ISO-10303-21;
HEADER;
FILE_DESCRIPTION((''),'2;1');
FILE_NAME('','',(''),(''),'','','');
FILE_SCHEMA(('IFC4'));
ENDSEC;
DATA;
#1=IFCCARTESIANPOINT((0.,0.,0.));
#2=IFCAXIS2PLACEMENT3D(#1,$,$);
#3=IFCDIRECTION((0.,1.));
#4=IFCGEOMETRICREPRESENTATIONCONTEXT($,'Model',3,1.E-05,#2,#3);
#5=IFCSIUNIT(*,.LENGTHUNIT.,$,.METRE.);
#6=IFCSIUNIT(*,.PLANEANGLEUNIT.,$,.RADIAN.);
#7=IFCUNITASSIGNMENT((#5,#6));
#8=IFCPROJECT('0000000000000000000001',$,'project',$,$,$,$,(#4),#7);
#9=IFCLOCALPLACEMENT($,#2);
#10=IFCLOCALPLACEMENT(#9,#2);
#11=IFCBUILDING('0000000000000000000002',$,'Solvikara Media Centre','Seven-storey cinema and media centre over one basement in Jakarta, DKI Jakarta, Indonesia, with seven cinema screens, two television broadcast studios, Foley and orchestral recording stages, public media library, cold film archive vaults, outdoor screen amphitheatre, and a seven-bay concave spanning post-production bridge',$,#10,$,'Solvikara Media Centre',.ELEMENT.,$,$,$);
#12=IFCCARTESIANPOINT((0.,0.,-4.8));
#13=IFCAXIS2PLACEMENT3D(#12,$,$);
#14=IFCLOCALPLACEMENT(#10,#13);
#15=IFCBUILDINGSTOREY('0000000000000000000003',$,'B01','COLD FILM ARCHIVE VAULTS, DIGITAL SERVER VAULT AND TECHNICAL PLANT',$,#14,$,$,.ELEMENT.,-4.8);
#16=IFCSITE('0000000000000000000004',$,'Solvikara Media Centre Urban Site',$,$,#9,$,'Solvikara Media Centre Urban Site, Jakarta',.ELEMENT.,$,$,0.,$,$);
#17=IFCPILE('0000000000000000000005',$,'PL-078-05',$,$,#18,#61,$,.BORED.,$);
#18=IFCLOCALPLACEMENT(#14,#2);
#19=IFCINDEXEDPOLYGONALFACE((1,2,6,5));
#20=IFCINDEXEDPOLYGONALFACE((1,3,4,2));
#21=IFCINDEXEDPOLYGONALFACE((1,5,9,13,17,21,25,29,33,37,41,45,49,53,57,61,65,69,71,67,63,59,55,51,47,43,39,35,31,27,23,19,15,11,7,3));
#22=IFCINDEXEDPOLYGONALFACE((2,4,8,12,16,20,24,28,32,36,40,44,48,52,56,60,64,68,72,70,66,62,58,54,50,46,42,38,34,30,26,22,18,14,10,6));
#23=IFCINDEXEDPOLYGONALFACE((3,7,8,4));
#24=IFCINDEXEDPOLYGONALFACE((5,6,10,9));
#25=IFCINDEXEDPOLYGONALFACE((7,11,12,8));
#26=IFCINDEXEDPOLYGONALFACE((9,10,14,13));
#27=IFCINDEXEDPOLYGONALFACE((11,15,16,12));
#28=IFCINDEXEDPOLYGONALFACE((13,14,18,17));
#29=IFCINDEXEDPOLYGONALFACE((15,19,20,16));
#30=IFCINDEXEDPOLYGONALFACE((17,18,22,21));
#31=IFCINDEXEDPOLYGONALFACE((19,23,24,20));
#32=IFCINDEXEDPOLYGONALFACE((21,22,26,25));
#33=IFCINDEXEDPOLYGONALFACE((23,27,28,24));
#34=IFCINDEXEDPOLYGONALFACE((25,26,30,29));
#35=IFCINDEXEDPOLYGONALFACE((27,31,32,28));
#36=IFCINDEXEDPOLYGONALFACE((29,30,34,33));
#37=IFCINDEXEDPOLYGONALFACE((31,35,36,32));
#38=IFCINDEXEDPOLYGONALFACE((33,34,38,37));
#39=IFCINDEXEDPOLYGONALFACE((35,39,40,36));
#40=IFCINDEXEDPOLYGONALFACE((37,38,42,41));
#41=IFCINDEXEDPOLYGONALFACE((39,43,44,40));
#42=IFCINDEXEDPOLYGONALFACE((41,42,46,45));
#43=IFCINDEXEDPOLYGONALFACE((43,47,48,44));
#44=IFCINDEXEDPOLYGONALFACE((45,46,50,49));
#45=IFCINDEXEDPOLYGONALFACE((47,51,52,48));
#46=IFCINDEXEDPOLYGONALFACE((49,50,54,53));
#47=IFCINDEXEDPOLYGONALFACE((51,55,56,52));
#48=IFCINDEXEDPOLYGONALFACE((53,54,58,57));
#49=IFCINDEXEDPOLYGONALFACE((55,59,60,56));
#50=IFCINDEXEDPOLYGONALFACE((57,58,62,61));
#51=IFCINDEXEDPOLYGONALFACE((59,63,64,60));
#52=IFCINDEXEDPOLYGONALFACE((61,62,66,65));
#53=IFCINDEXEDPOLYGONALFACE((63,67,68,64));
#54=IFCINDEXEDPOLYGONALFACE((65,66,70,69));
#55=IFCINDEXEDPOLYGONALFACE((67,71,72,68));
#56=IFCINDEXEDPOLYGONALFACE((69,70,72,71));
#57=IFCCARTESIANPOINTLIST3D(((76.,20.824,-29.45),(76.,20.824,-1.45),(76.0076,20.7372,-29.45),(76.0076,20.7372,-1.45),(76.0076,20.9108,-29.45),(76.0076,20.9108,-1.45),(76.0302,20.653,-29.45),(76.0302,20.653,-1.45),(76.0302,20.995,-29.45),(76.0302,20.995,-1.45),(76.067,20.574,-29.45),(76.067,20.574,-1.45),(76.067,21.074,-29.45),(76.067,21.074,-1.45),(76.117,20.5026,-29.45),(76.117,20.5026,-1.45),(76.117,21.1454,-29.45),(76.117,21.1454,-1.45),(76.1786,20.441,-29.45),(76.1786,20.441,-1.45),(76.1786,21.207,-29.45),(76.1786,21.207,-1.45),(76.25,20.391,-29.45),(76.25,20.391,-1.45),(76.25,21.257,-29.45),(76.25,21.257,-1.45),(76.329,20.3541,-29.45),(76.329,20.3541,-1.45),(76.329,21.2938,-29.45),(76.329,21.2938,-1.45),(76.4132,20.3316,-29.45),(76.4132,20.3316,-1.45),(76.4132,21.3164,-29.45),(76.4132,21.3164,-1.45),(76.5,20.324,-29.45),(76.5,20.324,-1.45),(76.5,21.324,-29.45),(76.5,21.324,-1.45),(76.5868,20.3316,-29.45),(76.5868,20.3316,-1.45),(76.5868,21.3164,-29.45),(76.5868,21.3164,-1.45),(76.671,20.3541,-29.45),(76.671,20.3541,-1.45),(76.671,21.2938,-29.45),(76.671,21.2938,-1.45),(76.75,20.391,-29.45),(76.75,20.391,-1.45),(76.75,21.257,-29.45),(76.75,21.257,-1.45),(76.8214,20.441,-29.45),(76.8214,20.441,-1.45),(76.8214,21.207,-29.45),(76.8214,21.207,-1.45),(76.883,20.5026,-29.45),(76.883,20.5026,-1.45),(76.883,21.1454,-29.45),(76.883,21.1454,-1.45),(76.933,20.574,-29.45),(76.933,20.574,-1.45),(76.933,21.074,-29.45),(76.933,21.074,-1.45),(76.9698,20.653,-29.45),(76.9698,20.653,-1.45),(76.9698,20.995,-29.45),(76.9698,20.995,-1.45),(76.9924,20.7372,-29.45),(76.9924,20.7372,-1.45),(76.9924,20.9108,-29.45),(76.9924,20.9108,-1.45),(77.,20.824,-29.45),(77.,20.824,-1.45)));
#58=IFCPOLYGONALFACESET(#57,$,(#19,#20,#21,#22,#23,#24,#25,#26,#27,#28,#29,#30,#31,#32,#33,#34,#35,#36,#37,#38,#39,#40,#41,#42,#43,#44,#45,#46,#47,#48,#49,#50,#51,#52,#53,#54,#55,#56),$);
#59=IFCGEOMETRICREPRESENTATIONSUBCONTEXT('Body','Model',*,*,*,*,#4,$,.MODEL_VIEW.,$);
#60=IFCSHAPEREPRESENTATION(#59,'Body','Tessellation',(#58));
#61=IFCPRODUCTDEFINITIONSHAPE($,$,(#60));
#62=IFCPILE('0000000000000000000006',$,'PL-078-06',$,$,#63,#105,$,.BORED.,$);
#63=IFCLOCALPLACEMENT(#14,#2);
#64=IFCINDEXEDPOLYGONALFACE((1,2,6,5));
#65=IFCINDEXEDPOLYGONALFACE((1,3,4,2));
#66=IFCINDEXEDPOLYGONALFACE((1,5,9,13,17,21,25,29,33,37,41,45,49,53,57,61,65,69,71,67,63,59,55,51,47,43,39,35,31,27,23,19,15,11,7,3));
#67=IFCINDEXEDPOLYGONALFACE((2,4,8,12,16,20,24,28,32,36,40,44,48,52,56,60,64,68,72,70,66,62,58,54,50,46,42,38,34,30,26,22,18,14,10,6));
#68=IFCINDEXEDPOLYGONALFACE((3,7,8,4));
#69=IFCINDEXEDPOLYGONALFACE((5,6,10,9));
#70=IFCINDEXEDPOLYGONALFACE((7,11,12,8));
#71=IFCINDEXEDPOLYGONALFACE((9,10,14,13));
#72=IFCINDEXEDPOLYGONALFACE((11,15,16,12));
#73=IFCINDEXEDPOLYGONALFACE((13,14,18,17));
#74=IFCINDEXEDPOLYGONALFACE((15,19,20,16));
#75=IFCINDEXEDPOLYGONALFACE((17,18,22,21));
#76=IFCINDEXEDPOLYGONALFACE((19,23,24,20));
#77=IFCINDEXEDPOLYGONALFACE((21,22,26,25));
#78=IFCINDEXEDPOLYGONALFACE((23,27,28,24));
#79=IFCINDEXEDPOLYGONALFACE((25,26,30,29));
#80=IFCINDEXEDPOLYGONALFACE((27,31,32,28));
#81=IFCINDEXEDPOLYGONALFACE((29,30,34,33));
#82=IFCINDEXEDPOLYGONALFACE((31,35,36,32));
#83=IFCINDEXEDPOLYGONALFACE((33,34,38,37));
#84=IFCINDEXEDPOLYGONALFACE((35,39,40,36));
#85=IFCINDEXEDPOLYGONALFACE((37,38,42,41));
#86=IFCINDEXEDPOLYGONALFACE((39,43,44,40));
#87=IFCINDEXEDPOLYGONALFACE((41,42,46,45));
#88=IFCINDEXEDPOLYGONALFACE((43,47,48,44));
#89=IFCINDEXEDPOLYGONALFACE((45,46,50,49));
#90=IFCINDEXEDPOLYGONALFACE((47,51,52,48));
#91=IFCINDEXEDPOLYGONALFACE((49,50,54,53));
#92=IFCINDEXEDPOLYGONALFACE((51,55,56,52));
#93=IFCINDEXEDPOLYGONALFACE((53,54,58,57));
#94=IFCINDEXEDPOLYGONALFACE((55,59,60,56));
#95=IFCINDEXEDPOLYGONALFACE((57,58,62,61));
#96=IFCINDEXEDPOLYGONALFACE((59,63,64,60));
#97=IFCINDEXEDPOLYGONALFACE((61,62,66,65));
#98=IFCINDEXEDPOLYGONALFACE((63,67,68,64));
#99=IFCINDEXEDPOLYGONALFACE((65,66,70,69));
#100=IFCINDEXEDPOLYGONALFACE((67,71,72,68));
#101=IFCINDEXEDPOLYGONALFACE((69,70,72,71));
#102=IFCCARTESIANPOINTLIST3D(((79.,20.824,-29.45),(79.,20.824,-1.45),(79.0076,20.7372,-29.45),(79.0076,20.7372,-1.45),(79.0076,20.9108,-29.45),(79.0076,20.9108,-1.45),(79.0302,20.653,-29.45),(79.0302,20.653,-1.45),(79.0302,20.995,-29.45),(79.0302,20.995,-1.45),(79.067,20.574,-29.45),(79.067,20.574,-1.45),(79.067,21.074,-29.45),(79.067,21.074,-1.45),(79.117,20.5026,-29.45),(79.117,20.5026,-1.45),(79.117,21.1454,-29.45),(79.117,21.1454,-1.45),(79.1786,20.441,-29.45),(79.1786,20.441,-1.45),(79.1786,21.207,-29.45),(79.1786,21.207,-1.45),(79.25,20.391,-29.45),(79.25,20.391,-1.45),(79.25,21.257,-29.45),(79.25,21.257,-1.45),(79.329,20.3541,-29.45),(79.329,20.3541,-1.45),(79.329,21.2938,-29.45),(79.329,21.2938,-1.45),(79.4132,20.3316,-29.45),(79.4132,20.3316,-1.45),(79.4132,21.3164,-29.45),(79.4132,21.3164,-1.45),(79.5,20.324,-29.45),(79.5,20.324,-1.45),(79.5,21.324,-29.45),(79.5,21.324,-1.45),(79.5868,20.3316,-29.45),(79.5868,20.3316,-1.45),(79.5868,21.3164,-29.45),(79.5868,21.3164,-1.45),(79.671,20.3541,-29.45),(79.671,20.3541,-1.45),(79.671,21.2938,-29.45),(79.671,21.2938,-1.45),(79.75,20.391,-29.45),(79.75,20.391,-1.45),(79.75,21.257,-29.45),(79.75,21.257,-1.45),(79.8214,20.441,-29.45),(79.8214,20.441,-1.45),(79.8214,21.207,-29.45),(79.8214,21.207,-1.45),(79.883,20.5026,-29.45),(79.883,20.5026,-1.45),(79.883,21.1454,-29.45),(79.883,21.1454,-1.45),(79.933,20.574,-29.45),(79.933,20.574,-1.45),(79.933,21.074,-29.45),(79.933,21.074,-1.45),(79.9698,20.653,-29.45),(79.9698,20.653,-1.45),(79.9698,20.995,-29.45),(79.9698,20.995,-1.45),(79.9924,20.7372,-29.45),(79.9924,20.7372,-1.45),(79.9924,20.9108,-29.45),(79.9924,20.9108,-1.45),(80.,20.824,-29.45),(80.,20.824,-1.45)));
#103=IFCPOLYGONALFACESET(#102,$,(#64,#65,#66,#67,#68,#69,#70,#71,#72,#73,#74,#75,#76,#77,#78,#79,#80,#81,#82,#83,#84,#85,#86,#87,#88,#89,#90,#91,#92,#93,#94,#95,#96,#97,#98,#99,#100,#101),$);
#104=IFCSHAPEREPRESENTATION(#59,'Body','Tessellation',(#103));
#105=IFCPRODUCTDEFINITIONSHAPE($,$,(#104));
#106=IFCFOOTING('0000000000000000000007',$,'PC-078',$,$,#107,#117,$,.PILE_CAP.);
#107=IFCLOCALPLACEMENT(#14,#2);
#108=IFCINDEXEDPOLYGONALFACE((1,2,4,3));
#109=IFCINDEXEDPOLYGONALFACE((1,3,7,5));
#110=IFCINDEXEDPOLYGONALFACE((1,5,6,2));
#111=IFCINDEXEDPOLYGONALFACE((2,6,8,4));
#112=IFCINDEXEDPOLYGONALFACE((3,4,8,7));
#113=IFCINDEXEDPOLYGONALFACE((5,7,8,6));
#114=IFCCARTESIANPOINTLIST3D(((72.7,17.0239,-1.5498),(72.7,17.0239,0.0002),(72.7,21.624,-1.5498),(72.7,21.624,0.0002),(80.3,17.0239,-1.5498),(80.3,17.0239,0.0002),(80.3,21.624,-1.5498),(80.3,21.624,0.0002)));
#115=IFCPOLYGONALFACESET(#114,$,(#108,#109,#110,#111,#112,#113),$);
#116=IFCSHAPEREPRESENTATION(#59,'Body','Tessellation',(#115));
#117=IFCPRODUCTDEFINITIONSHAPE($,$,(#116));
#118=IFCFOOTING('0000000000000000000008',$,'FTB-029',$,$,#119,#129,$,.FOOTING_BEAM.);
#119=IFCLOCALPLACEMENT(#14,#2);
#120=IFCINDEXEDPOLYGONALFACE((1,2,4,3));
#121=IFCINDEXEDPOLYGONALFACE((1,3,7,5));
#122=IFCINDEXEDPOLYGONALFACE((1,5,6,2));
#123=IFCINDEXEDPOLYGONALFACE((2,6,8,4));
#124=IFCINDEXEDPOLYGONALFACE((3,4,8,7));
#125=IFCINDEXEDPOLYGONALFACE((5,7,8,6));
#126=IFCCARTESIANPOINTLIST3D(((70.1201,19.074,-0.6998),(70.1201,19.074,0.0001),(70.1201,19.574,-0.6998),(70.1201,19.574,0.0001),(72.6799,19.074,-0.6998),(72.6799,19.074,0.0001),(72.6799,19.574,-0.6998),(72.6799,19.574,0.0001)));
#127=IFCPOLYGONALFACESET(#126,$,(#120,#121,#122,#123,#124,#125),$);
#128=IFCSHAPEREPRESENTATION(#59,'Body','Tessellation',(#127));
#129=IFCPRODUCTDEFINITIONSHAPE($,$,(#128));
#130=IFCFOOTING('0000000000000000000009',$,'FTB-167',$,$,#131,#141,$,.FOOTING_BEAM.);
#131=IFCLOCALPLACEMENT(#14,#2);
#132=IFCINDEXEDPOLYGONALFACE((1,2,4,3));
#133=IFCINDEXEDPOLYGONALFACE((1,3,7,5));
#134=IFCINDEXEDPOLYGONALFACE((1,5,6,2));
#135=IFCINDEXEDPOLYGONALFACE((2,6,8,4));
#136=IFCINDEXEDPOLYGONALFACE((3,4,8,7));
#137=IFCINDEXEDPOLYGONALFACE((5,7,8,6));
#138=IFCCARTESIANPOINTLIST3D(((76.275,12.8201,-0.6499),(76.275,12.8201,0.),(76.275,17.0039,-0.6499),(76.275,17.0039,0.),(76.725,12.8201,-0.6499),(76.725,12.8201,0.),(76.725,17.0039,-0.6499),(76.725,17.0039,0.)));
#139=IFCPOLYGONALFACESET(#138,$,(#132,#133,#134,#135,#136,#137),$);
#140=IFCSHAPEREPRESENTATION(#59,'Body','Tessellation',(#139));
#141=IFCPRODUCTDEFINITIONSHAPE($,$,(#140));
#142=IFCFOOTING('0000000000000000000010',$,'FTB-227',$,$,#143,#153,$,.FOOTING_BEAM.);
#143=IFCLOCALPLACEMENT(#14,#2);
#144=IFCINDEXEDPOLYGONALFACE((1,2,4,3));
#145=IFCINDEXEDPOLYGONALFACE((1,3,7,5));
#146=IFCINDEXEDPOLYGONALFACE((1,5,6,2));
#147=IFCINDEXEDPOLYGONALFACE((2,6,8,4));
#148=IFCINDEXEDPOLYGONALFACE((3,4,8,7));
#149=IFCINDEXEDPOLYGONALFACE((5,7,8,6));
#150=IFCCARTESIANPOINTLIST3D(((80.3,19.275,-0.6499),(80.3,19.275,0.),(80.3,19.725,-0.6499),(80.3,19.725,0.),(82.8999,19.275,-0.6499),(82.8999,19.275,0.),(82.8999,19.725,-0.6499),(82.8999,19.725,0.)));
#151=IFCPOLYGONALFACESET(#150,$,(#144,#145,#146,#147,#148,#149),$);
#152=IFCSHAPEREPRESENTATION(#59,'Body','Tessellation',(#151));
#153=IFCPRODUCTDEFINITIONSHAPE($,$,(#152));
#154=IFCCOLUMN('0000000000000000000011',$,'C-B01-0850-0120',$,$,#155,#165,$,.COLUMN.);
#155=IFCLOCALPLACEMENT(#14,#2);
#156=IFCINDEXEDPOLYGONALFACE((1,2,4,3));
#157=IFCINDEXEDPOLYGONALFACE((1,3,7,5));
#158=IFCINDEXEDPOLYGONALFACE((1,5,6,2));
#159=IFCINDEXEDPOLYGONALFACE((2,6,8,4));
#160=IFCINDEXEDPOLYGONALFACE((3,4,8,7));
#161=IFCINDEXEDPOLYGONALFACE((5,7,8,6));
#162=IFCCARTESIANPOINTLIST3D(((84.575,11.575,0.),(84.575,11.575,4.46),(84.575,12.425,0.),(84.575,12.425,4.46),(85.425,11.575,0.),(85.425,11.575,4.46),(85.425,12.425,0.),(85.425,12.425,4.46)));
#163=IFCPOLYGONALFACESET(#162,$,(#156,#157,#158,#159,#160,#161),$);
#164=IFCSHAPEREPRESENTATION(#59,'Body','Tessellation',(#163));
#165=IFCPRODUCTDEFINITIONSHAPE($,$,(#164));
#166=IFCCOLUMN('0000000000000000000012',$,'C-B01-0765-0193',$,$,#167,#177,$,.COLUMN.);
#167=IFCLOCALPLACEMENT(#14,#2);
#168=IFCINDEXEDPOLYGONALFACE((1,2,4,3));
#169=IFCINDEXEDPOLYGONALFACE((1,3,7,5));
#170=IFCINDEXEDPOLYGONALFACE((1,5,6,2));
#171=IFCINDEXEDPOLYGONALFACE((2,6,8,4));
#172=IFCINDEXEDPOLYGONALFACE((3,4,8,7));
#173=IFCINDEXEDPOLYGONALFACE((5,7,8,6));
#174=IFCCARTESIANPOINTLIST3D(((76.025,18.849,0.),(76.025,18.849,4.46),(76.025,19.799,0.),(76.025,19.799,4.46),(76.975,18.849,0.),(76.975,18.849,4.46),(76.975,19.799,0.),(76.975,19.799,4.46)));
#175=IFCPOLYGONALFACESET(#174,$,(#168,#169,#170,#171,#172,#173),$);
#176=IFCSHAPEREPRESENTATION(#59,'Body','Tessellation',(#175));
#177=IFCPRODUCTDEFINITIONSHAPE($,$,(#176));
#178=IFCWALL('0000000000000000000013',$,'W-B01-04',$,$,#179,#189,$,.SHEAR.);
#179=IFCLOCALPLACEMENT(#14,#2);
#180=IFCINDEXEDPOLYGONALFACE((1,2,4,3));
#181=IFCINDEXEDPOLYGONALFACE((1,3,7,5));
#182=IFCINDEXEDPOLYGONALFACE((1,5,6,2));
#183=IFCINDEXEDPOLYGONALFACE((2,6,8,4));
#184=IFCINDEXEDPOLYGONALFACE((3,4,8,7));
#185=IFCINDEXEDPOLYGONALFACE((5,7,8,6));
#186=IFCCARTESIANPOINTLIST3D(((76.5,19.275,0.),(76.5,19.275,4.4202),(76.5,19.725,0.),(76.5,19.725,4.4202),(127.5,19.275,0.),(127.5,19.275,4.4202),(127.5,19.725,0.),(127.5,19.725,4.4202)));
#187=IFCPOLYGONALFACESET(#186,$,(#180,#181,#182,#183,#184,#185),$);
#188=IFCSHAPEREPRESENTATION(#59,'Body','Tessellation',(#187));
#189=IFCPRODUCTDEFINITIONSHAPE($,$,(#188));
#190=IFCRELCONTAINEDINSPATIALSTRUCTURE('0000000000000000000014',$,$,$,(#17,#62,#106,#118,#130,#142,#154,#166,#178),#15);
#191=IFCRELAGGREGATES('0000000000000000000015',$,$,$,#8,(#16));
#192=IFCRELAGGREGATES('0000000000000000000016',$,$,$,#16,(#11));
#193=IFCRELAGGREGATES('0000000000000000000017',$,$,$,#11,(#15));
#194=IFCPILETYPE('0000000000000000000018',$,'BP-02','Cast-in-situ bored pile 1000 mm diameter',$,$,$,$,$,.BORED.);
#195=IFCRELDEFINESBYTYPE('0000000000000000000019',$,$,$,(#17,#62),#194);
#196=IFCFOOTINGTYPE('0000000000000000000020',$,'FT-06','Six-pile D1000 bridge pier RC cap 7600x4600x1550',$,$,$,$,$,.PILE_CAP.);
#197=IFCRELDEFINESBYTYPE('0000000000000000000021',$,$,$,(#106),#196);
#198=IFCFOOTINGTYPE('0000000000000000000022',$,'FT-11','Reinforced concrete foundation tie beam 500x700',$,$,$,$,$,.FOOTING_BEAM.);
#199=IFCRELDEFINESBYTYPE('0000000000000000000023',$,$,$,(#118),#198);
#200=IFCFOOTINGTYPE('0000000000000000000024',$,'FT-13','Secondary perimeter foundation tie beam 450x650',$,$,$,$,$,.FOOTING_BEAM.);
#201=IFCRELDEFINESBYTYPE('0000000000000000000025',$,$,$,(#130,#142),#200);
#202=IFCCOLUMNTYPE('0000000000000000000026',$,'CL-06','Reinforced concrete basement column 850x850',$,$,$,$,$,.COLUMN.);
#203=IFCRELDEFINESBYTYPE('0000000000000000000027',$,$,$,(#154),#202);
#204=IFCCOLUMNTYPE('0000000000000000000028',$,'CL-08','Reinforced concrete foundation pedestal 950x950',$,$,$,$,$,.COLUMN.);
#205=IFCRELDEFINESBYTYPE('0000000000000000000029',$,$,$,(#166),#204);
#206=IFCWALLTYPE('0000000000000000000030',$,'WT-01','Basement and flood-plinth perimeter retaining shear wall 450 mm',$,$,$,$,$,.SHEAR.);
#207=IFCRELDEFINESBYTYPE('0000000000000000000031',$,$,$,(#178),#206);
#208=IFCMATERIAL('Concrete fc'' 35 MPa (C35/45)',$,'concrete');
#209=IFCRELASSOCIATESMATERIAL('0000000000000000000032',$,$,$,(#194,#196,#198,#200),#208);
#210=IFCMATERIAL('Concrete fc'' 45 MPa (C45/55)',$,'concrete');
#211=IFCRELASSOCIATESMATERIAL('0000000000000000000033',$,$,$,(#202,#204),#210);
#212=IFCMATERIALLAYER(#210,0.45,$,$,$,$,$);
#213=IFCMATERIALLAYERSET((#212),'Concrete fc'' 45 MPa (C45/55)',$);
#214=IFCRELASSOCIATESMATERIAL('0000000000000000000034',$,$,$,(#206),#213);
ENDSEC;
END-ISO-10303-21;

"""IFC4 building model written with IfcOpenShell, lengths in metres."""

from ifc_helpers import new_model, si_unit, direction, frame, frame_2d, origin, origin_2d, place, context, subcontext, project, spatial, rectangle, circle, extrude, material, layer, layer_set, material_profile, profile_set, type_object, element, save


model = new_model("IFC4")

# Units and contexts
model_context = context("Model", 3, precision=1e-05, world=origin(), true_north=direction((0.0, 1.0)))
body_context = subcontext(model_context, "Body", "Model", "MODEL_VIEW")
ifc_project = project(units=[si_unit("LENGTHUNIT", "METRE"), si_unit("PLANEANGLEUNIT", "RADIAN")], contexts=[model_context])

# Site, building, storey
site_placement = place(None, origin())
site = spatial("IfcSite", under=ifc_project, at=site_placement, Name="Solvikara Media Centre Urban Site", LongName="Solvikara Media Centre Urban Site, Jakarta", CompositionType="ELEMENT", RefElevation=0.0)
building_placement = place(site_placement, origin())
building = spatial("IfcBuilding", under=site, at=building_placement, Name="Solvikara Media Centre", Description="Seven-storey cinema and media centre over one basement in Jakarta, DKI Jakarta, Indonesia, with seven cinema screens, two television broadcast studios, Foley and orchestral recording stages, public media library, cold film archive vaults, outdoor screen amphitheatre, and a seven-bay concave spanning post-production bridge", LongName="Solvikara Media Centre", CompositionType="ELEMENT")
storey_placement = place(building_placement, frame((0.0, 0.0, -4.8)))
storey = spatial("IfcBuildingStorey", under=building, at=storey_placement, Name="B01", Description="COLD FILM ARCHIVE VAULTS, DIGITAL SERVER VAULT AND TECHNICAL PLANT", CompositionType="ELEMENT", Elevation=-4.8)

# Piles
ifc_material_1 = material(Name="Concrete fc' 35 MPa (C35/45)", Category="concrete")
ifc_material_profile_1 = material_profile(ifc_material_1, circle(Radius=0.5, at=origin_2d()), Name="BORED PILE D1000")
ifc_profile_set_1 = profile_set([ifc_material_profile_1], Name="Concrete fc' 35 MPa (C35/45)")
pile_type_1 = type_object("IfcPileType", Name="BP-02", Description="Cast-in-situ bored pile 1000 mm diameter", PredefinedType="BORED", material=ifc_profile_set_1)
for number, where, z_axis, x_axis, name in (
    (1, (76.5, 20.824, -1.45), (0.0, 0.0, -1.0), (1.0, 0.0, 0.0), "PL-078-05"),
    (2, (79.5, 20.824, -1.45), (0.0, 0.0, -1.0), (1.0, 0.0, 0.0), "PL-078-06"),
):
    element("IfcPile", number, at=place(storey_placement, frame(where, z_axis=z_axis, x_axis=x_axis)), inside=storey, type_object=pile_type_1, Name=name, PredefinedType="BORED", context=body_context, shape_type="SweptSolid", body=[
        extrude(circle(Radius=0.5, at=origin_2d()), origin(), (0.0, 0.0, 1.0), 28.0),
    ])

# Footings
footing_type_1 = type_object("IfcFootingType", Name="FT-06", Description="Six-pile D1000 bridge pier RC cap 7600x4600x1550", PredefinedType="PILE_CAP", material=ifc_material_1)
footing_1_placement = place(storey_placement, frame((76.5, 19.324, -1.5498), z_axis=(0.0, 0.0, 1.0), x_axis=(1.0, 0.0, 0.0)))
element("IfcFooting", 3, at=footing_1_placement, inside=storey, type_object=footing_type_1, Name="PC-078", PredefinedType="PILE_CAP", context=body_context, shape_type="SweptSolid", body=[
    extrude(rectangle(XDim=7.6001, YDim=4.6001, at=origin_2d()), origin(), (0.0, 0.0, 1.0), 1.55),
])
ifc_material_profile_2 = material_profile(ifc_material_1, rectangle(XDim=0.5, YDim=0.7, at=origin_2d()), Name="RC 500x700")
ifc_profile_set_2 = profile_set([ifc_material_profile_2], Name="Concrete fc' 35 MPa (C35/45)")
footing_type_2 = type_object("IfcFootingType", Name="FT-11", Description="Reinforced concrete foundation tie beam 500x700", PredefinedType="FOOTING_BEAM", material=ifc_profile_set_2)
footing_2_placement = place(storey_placement, frame((70.1201, 19.324, -0.3499), z_axis=(1.0, 0.0, 0.0), x_axis=(0.0, 1.0, 0.0)))
element("IfcFooting", 4, at=footing_2_placement, inside=storey, type_object=footing_type_2, Name="FTB-029", PredefinedType="FOOTING_BEAM", context=body_context, shape_type="SweptSolid", body=[
    extrude(rectangle(XDim=0.5, YDim=0.7, at=origin_2d()), origin(), (0.0, 0.0, 1.0), 2.5598),
])
ifc_material_profile_3 = material_profile(ifc_material_1, rectangle(XDim=0.45, YDim=0.6499, at=origin_2d()), Name="RC 450x650")
ifc_profile_set_3 = profile_set([ifc_material_profile_3], Name="Concrete fc' 35 MPa (C35/45)")
footing_type_3 = type_object("IfcFootingType", Name="FT-13", Description="Secondary perimeter foundation tie beam 450x650", PredefinedType="FOOTING_BEAM", material=ifc_profile_set_3)
footing_3_placement = place(storey_placement, frame((76.5, 12.8201, -0.325), z_axis=(0.0, 1.0, 0.0), x_axis=(-1.0, 0.0, 0.0)))
element("IfcFooting", 5, at=footing_3_placement, inside=storey, type_object=footing_type_3, Name="FTB-167", PredefinedType="FOOTING_BEAM", context=body_context, shape_type="SweptSolid", body=[
    extrude(rectangle(XDim=0.45, YDim=0.6499, at=origin_2d()), origin(), (0.0, 0.0, 1.0), 4.1838),
])
footing_4_placement = place(storey_placement, frame((80.3, 19.5, -0.325), z_axis=(1.0, 0.0, 0.0), x_axis=(0.0, 1.0, 0.0)))
element("IfcFooting", 6, at=footing_4_placement, inside=storey, type_object=footing_type_3, Name="FTB-227", PredefinedType="FOOTING_BEAM", context=body_context, shape_type="SweptSolid", body=[
    extrude(rectangle(XDim=0.45, YDim=0.6499, at=origin_2d()), origin(), (0.0, 0.0, 1.0), 2.5999),
])

# Columns
ifc_material_2 = material(Name="Concrete fc' 45 MPa (C45/55)", Category="concrete")
ifc_material_profile_4 = material_profile(ifc_material_2, rectangle(XDim=0.8501, YDim=0.8501, at=origin_2d()), Name="RC 850x850")
ifc_profile_set_4 = profile_set([ifc_material_profile_4], Name="Concrete fc' 45 MPa (C45/55)")
column_type_1 = type_object("IfcColumnType", Name="CL-06", Description="Reinforced concrete basement column 850x850", PredefinedType="COLUMN", material=ifc_profile_set_4)
column_1_placement = place(storey_placement, frame((85.0, 12.0, 0.0), z_axis=(0.0, 0.0, 1.0), x_axis=(1.0, 0.0, 0.0)))
element("IfcColumn", 7, at=column_1_placement, inside=storey, type_object=column_type_1, Name="C-B01-0850-0120", PredefinedType="COLUMN", context=body_context, shape_type="SweptSolid", body=[
    extrude(rectangle(XDim=0.8501, YDim=0.8501, at=origin_2d()), origin(), (0.0, 0.0, 1.0), 4.46),
])
ifc_material_profile_5 = material_profile(ifc_material_2, rectangle(XDim=0.95, YDim=0.95, at=origin_2d()), Name="RC 950x950")
ifc_profile_set_5 = profile_set([ifc_material_profile_5], Name="Concrete fc' 45 MPa (C45/55)")
column_type_2 = type_object("IfcColumnType", Name="CL-08", Description="Reinforced concrete foundation pedestal 950x950", PredefinedType="COLUMN", material=ifc_profile_set_5)
column_2_placement = place(storey_placement, frame((76.5, 19.324, 0.0), z_axis=(0.0, 0.0, 1.0), x_axis=(1.0, 0.0, 0.0)))
element("IfcColumn", 8, at=column_2_placement, inside=storey, type_object=column_type_2, Name="C-B01-0765-0193", PredefinedType="COLUMN", context=body_context, shape_type="SweptSolid", body=[
    extrude(rectangle(XDim=0.95, YDim=0.95, at=origin_2d()), origin(), (0.0, 0.0, 1.0), 4.46),
])

# Wall
ifc_layer_1 = layer(ifc_material_2, 0.45)
ifc_layer_set_1 = layer_set([ifc_layer_1], Name="Concrete fc' 45 MPa (C45/55)")
wall_type_1 = type_object("IfcWallType", Name="WT-01", Description="Basement and flood-plinth perimeter retaining shear wall 450 mm", PredefinedType="SHEAR", material=ifc_layer_set_1)
wall_1_placement = place(storey_placement, frame((76.5, 19.5, 0.0), z_axis=(0.0, 0.0, 1.0), x_axis=(1.0, 0.0, 0.0)))
element("IfcWall", 9, at=wall_1_placement, inside=storey, type_object=wall_type_1, Name="W-B01-04", PredefinedType="SHEAR", context=body_context, shape_type="SweptSolid", body=[
    extrude(rectangle(XDim=51.0, YDim=0.45, at=frame_2d((25.5, 0.0))), origin(), (0.0, 0.0, 1.0), 4.4202),
])

save(model, "model.ifc")
